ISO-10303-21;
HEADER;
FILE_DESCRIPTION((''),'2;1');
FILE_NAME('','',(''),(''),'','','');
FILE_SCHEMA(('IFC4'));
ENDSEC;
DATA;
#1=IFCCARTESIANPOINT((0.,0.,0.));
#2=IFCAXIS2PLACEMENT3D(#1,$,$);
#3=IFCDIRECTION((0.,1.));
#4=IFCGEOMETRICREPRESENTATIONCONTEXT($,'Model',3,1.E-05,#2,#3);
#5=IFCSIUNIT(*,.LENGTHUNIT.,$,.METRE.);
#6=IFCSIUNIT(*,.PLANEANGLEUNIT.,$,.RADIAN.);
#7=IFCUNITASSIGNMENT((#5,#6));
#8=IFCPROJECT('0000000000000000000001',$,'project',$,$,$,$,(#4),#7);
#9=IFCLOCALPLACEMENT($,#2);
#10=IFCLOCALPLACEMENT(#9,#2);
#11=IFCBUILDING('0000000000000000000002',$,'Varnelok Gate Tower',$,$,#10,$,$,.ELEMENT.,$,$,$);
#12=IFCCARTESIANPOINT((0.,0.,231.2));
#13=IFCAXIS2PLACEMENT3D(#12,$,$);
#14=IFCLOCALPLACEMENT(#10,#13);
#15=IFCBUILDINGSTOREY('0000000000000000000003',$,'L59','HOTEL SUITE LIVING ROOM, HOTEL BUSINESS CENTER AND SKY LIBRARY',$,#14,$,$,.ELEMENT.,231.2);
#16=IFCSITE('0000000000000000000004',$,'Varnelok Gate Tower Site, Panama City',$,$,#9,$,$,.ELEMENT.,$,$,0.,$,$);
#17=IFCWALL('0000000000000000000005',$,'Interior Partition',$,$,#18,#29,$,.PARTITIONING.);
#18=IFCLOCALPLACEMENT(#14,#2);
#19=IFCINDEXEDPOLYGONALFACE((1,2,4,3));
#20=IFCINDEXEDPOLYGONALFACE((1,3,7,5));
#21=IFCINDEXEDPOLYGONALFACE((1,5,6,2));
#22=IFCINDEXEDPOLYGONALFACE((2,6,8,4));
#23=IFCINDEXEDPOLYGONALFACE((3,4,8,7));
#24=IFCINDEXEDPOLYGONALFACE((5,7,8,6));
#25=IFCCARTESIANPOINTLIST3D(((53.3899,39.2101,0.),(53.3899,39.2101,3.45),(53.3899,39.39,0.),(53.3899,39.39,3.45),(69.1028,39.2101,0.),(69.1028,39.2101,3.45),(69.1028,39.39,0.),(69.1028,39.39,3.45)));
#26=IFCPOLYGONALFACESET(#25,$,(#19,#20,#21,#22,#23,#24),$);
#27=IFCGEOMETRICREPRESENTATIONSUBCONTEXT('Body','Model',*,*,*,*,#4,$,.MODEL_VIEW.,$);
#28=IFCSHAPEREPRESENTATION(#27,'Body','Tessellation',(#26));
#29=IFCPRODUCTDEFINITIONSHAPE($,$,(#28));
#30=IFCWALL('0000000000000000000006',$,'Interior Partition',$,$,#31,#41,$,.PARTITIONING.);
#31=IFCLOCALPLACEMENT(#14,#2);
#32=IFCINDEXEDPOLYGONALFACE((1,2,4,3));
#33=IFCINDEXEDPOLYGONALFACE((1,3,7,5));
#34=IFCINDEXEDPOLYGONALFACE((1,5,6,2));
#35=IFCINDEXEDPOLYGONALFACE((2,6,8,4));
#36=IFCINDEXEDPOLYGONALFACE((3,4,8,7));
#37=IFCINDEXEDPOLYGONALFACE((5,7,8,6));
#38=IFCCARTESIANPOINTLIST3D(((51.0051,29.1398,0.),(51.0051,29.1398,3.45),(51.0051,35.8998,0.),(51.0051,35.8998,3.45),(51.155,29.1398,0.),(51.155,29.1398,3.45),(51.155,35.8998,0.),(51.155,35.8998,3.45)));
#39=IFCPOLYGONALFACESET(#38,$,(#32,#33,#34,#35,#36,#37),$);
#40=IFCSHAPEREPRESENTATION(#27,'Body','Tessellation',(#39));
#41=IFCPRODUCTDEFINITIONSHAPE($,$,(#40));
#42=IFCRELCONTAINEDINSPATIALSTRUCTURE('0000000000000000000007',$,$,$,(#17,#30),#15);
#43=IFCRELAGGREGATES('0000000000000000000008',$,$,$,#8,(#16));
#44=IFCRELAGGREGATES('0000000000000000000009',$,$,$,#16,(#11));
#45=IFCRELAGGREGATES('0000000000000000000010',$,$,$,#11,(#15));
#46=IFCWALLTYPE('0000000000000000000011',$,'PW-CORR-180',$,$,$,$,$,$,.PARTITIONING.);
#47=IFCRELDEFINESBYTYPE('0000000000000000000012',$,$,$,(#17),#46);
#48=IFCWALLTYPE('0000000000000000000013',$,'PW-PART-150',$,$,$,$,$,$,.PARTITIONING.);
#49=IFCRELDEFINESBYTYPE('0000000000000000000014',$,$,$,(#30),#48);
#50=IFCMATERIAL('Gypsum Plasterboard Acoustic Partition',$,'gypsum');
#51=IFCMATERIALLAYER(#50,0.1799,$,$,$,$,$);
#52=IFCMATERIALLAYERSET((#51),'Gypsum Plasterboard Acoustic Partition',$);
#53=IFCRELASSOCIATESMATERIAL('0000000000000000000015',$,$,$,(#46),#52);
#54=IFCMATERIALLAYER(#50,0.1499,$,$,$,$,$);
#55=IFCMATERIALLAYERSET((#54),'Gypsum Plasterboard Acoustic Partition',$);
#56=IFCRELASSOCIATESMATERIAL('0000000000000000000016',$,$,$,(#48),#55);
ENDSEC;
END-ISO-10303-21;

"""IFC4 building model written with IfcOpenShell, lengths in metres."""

from ifc_helpers import new_model, si_unit, direction, frame, frame_2d, origin, place, context, subcontext, project, spatial, rectangle, extrude, material, layer, layer_set, type_object, element, save


model = new_model("IFC4")

# Units and contexts
model_context = context("Model", 3, precision=1e-05, world=origin(), true_north=direction((0.0, 1.0)))
body_context = subcontext(model_context, "Body", "Model", "MODEL_VIEW")
ifc_project = project(units=[si_unit("LENGTHUNIT", "METRE"), si_unit("PLANEANGLEUNIT", "RADIAN")], contexts=[model_context])

# Site, building, storey
site_placement = place(None, origin())
site = spatial("IfcSite", under=ifc_project, at=site_placement, Name="Varnelok Gate Tower Site, Panama City", CompositionType="ELEMENT", RefElevation=0.0)
building_placement = place(site_placement, origin())
building = spatial("IfcBuilding", under=site, at=building_placement, Name="Varnelok Gate Tower", CompositionType="ELEMENT")
storey_placement = place(building_placement, frame((0.0, 0.0, 231.2)))
storey = spatial("IfcBuildingStorey", under=building, at=storey_placement, Name="L59", Description="HOTEL SUITE LIVING ROOM, HOTEL BUSINESS CENTER AND SKY LIBRARY", CompositionType="ELEMENT", Elevation=231.2)

# Walls
ifc_material_1 = material(Name="Gypsum Plasterboard Acoustic Partition", Category="gypsum")
ifc_layer_1 = layer(ifc_material_1, 0.1799)
ifc_layer_set_1 = layer_set([ifc_layer_1], Name="Gypsum Plasterboard Acoustic Partition")
wall_type_1 = type_object("IfcWallType", Name="PW-CORR-180", PredefinedType="PARTITIONING", material=ifc_layer_set_1)
wall_1_placement = place(storey_placement, frame((53.3899, 39.3, 0.0), z_axis=(0.0, 0.0, 1.0), x_axis=(1.0, 0.0, 0.0)))
element("IfcWall", 1, at=wall_1_placement, inside=storey, type_object=wall_type_1, Name="Interior Partition", PredefinedType="PARTITIONING", context=body_context, shape_type="SweptSolid", body=[
    extrude(rectangle(XDim=15.7129, YDim=0.1799, at=frame_2d((7.8564, 0.0))), origin(), (0.0, 0.0, 1.0), 3.45),
])
ifc_layer_2 = layer(ifc_material_1, 0.1499)
ifc_layer_set_2 = layer_set([ifc_layer_2], Name="Gypsum Plasterboard Acoustic Partition")
wall_type_2 = type_object("IfcWallType", Name="PW-PART-150", PredefinedType="PARTITIONING", material=ifc_layer_set_2)
wall_2_placement = place(storey_placement, frame((51.0801, 29.1399, 0.0), z_axis=(0.0, 0.0, 1.0), x_axis=(0.0, 1.0, 0.0)))
element("IfcWall", 2, at=wall_2_placement, inside=storey, type_object=wall_type_2, Name="Interior Partition", PredefinedType="PARTITIONING", context=body_context, shape_type="SweptSolid", body=[
    extrude(rectangle(XDim=6.76, YDim=0.1499, at=frame_2d((3.3799, 0.0))), origin(), (0.0, 0.0, 1.0), 3.45),
])

save(model, "model.ifc")
